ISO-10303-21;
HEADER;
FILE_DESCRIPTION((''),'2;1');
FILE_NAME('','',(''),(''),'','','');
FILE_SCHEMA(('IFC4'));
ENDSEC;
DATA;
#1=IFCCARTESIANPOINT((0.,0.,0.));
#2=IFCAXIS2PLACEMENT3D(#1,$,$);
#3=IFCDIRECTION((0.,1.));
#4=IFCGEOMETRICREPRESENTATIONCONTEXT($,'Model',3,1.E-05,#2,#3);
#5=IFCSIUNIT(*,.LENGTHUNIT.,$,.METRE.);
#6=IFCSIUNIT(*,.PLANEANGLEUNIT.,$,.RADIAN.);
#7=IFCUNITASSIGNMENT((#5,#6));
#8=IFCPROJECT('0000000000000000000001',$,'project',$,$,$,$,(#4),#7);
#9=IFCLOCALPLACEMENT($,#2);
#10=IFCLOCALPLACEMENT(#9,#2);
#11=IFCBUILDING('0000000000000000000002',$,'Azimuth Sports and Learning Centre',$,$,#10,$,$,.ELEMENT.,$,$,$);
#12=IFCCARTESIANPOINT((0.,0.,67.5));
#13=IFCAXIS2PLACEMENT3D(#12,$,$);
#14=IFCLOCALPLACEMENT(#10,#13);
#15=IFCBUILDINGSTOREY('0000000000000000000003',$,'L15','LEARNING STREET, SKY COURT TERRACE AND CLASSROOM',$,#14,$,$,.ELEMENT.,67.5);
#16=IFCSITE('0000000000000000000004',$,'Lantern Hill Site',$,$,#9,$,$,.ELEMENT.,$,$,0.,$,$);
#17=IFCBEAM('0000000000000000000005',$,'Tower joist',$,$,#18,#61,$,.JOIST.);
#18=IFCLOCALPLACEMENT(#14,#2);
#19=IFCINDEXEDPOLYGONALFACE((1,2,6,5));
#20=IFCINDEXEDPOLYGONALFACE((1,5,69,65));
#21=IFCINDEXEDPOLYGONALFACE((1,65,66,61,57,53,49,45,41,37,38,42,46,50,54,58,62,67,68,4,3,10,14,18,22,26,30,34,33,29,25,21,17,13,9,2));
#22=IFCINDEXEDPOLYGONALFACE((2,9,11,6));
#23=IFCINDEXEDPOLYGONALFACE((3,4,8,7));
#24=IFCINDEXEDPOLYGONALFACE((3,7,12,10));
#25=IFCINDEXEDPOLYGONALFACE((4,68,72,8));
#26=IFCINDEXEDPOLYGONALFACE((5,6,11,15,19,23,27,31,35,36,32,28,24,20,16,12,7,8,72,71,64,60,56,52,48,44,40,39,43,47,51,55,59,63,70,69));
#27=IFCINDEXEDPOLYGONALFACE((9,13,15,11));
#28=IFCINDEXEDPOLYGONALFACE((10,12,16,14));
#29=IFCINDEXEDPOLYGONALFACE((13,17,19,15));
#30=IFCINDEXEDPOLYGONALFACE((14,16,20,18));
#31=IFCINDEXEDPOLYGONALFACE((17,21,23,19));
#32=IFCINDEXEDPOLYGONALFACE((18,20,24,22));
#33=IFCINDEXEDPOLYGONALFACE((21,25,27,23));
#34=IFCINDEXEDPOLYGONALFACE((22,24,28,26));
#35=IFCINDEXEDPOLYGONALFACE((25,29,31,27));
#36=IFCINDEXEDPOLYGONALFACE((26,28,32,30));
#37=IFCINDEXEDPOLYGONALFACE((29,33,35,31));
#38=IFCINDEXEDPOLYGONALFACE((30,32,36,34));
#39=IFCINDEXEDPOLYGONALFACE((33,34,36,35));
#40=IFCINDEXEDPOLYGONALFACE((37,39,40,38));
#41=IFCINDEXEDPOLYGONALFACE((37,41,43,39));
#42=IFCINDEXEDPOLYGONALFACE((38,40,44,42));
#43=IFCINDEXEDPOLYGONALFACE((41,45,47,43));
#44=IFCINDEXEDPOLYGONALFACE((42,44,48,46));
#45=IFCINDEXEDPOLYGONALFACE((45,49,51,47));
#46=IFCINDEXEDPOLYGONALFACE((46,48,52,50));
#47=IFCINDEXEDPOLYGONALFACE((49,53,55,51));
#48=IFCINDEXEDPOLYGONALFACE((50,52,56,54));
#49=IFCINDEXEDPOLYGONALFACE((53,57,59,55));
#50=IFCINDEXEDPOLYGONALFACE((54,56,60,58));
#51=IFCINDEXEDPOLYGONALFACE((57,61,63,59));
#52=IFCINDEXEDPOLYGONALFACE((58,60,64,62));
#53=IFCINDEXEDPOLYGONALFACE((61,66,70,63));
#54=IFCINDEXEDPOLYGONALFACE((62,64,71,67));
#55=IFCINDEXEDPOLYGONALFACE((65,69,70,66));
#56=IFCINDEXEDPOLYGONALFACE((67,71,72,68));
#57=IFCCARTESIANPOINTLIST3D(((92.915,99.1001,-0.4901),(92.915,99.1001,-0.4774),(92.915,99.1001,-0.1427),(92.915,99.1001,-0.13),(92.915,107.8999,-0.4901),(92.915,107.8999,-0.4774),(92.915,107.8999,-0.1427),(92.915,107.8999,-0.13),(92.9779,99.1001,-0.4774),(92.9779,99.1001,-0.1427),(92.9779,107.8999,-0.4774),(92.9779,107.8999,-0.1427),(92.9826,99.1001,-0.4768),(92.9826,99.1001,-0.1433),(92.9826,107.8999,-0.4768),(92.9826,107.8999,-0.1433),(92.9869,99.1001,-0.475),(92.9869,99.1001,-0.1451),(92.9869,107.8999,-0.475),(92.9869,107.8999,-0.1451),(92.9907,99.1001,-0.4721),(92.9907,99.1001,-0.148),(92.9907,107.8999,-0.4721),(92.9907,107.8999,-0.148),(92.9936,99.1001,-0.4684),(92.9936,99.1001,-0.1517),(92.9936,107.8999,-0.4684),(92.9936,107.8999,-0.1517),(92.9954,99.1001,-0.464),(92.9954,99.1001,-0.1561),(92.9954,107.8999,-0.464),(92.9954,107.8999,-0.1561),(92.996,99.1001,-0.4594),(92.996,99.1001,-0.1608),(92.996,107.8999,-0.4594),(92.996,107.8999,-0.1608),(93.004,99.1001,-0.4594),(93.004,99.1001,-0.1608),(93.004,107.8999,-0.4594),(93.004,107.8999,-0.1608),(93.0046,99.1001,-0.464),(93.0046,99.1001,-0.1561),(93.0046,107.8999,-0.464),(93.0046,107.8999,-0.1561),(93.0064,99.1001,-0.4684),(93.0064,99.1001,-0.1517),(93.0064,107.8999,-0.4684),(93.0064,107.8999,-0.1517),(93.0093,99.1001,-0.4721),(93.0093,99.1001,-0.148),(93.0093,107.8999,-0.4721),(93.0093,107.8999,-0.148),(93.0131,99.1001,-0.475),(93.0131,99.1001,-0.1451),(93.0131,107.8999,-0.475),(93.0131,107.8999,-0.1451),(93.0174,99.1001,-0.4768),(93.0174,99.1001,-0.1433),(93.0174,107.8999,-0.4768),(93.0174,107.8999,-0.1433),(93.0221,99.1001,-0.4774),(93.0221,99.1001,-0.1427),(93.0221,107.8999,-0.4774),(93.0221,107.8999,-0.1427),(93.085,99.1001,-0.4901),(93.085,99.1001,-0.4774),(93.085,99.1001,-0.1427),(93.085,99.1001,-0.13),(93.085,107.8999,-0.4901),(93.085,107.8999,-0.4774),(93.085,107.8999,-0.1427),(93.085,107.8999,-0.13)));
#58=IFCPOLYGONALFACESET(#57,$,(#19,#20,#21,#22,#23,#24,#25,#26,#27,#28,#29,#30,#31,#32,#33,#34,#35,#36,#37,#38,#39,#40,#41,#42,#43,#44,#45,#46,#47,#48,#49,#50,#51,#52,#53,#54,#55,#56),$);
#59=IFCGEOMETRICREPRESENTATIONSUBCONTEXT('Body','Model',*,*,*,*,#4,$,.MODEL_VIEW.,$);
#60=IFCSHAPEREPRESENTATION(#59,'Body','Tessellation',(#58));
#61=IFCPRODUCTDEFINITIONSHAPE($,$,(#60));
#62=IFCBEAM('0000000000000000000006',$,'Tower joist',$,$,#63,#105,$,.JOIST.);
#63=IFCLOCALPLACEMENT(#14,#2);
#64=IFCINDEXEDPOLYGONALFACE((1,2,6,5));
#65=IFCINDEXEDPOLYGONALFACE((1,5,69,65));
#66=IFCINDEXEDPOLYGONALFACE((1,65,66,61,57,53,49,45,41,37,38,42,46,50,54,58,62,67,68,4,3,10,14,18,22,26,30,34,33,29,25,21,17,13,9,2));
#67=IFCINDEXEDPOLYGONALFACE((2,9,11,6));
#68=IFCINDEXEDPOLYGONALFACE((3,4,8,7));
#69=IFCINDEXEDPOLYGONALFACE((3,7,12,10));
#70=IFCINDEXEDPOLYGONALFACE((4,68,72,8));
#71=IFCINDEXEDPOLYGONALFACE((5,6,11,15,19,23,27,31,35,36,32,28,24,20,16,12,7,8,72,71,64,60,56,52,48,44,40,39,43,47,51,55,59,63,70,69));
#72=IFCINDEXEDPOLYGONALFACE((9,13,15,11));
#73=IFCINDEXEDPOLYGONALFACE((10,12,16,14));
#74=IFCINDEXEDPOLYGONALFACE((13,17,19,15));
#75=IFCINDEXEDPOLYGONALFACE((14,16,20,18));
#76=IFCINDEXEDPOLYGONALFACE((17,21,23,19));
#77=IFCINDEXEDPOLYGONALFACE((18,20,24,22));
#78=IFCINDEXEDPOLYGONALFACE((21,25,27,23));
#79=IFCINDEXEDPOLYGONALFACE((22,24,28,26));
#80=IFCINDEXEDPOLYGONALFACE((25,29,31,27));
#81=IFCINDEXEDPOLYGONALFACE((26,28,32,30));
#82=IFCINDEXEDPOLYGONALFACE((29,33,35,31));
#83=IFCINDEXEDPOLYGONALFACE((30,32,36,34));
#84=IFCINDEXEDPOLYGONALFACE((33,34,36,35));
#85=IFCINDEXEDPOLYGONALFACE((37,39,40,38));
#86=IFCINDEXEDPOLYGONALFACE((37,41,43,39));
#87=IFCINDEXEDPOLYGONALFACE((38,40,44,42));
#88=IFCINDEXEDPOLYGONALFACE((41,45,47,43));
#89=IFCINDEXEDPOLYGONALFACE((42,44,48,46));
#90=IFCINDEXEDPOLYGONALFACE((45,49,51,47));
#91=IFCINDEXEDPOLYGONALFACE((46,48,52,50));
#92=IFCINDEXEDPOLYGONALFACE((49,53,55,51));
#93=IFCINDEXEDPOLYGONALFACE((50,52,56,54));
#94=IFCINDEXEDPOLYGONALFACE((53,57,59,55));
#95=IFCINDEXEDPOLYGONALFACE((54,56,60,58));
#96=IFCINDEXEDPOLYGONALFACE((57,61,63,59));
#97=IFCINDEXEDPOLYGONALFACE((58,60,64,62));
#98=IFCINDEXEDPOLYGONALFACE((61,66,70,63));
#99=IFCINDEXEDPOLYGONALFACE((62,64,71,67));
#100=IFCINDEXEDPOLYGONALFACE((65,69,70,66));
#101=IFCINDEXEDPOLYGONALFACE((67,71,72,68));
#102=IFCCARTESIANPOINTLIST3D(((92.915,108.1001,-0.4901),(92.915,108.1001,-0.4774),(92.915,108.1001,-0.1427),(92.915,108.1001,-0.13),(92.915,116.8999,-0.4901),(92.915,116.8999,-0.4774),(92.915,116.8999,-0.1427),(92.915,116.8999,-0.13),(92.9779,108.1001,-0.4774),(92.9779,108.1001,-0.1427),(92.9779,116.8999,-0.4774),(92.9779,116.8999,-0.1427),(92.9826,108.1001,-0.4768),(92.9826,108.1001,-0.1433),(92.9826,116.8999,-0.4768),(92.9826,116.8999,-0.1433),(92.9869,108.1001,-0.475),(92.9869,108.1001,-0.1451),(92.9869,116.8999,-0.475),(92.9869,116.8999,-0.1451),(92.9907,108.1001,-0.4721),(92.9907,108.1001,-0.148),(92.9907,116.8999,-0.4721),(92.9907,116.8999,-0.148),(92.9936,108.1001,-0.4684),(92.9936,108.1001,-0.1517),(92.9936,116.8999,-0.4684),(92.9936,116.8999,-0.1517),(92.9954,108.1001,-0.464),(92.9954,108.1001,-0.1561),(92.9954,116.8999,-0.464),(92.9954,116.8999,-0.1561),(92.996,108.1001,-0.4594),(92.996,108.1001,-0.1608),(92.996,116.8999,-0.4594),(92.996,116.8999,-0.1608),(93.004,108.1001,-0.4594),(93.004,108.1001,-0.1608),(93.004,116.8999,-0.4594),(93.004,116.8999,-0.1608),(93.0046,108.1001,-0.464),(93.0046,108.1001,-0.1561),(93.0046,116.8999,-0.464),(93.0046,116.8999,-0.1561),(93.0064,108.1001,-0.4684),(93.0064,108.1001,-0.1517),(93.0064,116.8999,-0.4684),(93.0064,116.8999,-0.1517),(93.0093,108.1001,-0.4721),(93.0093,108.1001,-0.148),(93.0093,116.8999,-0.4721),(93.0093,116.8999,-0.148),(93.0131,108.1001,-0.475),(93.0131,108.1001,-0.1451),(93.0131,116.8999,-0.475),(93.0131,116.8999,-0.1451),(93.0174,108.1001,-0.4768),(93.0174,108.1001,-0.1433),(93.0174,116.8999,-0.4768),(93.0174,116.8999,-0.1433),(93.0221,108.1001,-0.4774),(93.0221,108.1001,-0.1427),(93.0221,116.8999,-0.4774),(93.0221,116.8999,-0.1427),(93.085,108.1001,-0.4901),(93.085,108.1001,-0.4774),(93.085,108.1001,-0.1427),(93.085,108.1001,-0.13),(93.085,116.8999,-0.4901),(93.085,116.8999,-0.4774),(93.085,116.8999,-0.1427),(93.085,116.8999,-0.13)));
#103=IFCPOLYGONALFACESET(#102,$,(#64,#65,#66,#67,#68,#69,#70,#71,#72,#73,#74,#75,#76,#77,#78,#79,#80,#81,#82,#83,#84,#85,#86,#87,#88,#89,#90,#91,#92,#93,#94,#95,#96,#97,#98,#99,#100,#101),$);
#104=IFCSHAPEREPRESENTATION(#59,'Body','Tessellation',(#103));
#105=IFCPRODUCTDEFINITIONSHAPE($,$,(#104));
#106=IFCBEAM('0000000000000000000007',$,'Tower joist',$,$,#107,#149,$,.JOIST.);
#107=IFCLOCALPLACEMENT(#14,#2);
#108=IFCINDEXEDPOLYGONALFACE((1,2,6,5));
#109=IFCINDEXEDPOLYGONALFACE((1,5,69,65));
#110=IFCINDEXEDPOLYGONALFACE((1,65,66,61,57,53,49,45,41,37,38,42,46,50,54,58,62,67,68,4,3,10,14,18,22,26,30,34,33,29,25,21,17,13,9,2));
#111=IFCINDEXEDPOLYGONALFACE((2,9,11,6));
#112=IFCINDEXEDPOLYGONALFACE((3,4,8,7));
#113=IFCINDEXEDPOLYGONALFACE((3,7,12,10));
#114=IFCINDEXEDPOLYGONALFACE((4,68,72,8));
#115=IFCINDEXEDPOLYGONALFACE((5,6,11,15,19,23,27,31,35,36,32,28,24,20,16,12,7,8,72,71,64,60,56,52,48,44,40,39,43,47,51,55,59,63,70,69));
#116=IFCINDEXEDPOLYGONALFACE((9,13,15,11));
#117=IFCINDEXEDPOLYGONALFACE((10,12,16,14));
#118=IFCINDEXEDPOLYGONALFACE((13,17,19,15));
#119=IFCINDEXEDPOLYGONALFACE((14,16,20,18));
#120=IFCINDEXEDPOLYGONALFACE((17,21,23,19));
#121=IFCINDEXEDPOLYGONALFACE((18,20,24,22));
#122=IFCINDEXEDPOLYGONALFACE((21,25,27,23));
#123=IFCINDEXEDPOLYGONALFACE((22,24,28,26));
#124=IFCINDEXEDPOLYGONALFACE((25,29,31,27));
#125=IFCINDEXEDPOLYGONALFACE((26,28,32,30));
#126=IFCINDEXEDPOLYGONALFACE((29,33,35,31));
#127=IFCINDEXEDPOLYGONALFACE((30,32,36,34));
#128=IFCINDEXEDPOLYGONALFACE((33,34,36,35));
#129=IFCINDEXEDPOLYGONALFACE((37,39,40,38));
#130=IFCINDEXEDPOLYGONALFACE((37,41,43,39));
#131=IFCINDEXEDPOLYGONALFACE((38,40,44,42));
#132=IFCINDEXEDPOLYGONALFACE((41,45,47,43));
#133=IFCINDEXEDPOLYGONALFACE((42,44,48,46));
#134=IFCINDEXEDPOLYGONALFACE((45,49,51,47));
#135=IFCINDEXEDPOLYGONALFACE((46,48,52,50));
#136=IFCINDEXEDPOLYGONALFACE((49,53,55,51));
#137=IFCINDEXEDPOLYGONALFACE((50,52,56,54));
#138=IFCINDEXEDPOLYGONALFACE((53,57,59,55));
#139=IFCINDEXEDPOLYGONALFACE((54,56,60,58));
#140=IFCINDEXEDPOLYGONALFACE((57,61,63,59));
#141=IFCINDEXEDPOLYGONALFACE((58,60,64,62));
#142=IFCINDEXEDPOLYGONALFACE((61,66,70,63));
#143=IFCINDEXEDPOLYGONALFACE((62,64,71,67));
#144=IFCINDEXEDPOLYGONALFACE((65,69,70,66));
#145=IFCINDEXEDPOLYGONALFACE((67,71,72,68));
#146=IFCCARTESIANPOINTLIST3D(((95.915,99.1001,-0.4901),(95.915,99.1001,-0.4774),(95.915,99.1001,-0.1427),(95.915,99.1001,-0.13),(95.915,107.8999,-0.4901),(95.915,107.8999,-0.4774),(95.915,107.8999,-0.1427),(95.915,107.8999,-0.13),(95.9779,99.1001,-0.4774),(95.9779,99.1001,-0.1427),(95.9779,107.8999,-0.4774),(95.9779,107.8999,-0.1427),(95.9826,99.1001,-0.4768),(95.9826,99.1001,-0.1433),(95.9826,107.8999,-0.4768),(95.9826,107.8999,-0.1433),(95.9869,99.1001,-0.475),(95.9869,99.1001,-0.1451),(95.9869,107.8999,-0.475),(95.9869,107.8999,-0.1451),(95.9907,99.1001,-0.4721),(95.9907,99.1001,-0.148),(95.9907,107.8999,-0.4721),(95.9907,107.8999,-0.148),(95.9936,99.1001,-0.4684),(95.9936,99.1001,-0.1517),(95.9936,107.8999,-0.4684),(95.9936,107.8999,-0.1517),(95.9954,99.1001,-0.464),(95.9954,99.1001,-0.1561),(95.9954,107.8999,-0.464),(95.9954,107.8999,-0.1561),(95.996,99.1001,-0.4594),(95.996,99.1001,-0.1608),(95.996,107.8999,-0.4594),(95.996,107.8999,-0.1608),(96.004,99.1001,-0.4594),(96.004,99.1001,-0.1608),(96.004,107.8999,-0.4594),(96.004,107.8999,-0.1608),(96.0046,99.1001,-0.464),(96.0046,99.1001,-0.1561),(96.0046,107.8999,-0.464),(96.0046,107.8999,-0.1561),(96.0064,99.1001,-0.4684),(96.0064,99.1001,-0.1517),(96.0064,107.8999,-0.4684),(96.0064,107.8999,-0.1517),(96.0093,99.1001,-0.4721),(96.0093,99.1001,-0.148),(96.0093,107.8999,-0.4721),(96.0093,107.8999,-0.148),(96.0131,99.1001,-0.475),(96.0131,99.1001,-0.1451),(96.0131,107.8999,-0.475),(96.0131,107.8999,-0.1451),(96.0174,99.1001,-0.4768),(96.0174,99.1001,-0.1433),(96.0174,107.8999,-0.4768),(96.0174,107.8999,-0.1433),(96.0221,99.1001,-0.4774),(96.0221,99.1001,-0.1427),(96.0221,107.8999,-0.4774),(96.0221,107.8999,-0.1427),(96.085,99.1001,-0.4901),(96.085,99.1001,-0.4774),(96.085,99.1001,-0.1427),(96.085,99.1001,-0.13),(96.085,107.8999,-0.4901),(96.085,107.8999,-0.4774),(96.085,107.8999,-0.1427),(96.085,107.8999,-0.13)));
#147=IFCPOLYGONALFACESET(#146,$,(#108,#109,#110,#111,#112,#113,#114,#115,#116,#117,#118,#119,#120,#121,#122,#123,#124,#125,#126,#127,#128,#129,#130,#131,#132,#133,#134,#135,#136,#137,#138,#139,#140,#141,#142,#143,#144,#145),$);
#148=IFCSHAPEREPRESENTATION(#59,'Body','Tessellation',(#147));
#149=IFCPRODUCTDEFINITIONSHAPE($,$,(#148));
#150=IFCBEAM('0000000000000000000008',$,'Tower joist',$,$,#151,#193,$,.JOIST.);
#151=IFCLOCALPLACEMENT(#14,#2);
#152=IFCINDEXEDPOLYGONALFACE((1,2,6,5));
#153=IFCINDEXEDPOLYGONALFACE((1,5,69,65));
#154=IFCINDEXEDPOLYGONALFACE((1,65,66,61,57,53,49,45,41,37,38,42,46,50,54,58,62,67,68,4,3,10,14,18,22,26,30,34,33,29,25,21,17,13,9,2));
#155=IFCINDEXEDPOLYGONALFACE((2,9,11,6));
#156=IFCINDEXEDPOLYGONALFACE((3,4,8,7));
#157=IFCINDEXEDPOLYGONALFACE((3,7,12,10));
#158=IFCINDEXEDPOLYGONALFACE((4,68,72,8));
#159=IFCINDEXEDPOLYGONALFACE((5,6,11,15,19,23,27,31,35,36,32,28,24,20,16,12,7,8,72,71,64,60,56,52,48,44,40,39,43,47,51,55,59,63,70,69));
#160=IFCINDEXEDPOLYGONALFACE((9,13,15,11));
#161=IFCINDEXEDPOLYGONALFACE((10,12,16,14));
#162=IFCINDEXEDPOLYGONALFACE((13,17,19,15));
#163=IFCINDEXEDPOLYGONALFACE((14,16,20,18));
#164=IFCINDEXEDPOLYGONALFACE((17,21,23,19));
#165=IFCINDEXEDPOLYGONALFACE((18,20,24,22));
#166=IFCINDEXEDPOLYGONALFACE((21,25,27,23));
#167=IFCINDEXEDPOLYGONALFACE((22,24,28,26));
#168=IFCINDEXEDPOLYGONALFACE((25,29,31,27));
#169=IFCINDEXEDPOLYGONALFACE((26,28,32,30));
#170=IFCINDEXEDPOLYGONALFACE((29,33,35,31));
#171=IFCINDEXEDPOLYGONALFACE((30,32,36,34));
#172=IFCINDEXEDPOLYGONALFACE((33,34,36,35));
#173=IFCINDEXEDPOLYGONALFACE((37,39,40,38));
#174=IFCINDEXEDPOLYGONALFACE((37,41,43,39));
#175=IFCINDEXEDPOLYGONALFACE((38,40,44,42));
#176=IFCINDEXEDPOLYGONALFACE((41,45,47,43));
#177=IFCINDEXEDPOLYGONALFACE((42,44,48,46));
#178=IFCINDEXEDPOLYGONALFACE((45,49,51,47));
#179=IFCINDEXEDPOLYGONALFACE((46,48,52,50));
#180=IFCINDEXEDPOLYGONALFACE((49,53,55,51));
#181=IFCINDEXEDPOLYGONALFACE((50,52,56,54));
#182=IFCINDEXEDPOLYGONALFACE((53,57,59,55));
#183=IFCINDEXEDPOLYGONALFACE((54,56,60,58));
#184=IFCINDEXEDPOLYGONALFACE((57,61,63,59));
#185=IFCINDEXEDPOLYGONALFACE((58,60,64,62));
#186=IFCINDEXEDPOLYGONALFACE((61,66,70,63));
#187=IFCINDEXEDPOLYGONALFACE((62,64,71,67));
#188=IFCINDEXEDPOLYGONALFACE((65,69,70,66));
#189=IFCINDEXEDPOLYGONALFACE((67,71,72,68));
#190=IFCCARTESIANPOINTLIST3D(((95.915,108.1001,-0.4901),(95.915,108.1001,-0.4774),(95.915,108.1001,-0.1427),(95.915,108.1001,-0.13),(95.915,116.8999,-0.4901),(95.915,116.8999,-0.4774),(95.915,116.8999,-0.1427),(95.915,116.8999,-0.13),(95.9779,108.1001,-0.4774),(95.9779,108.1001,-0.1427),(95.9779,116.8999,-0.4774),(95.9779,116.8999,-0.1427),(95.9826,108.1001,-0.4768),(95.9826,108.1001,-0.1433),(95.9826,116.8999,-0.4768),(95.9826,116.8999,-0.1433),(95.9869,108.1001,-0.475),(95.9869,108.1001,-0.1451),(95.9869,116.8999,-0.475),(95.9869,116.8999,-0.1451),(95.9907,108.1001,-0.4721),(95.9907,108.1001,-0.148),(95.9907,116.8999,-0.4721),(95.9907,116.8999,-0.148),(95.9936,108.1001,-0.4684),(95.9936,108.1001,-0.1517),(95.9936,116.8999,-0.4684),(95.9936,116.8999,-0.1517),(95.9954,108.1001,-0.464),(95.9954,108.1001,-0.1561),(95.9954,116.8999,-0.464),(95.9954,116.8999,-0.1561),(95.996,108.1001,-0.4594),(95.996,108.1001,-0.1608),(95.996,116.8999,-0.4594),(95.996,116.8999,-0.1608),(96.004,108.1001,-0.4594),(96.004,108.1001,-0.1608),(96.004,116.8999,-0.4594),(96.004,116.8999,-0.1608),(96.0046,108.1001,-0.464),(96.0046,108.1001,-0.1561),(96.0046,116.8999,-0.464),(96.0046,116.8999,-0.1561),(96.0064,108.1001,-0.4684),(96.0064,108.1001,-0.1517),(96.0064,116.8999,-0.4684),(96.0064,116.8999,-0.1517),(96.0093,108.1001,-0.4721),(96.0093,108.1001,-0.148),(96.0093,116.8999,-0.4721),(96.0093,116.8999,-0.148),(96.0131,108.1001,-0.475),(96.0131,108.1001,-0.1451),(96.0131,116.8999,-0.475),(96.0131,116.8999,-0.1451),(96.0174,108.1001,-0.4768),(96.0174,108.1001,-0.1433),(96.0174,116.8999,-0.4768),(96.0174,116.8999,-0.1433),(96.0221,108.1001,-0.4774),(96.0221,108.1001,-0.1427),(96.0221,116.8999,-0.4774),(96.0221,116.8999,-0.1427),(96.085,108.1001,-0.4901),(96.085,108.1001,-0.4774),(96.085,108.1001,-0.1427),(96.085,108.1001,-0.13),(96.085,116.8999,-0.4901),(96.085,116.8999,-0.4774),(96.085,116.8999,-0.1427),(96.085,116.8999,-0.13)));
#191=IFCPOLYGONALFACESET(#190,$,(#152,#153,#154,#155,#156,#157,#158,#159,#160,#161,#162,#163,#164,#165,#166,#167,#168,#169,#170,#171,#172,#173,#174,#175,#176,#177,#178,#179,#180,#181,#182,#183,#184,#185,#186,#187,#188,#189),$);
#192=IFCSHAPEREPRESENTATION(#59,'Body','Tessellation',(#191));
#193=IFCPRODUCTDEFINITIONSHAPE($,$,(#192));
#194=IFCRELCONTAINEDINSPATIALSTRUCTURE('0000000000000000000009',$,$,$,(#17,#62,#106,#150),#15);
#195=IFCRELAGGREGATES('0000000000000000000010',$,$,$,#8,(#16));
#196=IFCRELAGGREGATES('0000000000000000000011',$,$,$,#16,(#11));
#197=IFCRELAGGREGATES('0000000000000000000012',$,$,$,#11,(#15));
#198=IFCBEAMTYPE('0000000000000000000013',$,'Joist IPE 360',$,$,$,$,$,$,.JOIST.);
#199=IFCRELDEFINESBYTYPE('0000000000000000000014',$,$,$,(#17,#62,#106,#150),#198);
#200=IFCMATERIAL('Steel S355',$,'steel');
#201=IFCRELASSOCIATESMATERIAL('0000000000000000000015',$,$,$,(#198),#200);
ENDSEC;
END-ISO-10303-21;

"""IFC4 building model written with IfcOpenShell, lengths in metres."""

from ifc_helpers import new_model, si_unit, direction, frame, origin, origin_2d, place, context, subcontext, project, spatial, i_section, extrude, material, material_profile, profile_set, type_object, element, save


model = new_model("IFC4")

# Units and contexts
model_context = context("Model", 3, precision=1e-05, world=origin(), true_north=direction((0.0, 1.0)))
body_context = subcontext(model_context, "Body", "Model", "MODEL_VIEW")
ifc_project = project(units=[si_unit("LENGTHUNIT", "METRE"), si_unit("PLANEANGLEUNIT", "RADIAN")], contexts=[model_context])

# Site, building, storey
site_placement = place(None, origin())
site = spatial("IfcSite", under=ifc_project, at=site_placement, Name="Lantern Hill Site", CompositionType="ELEMENT", RefElevation=0.0)
building_placement = place(site_placement, origin())
building = spatial("IfcBuilding", under=site, at=building_placement, Name="Azimuth Sports and Learning Centre", CompositionType="ELEMENT")
storey_placement = place(building_placement, frame((0.0, 0.0, 67.5)))
storey = spatial("IfcBuildingStorey", under=building, at=storey_placement, Name="L15", Description="LEARNING STREET, SKY COURT TERRACE AND CLASSROOM", CompositionType="ELEMENT", Elevation=67.5)

# Beams
ifc_material_1 = material(Name="Steel S355", Category="steel")
ifc_material_profile_1 = material_profile(ifc_material_1, i_section(OverallWidth=0.1699, OverallDepth=0.3601, WebThickness=0.0081, FlangeThickness=0.0127, FilletRadius=0.0181, at=origin_2d()), Name="IPE 360")
ifc_profile_set_1 = profile_set([ifc_material_profile_1], Name="Steel S355")
beam_type_1 = type_object("IfcBeamType", Name="Joist IPE 360", PredefinedType="JOIST", material=ifc_profile_set_1)
for number, where, z_axis, x_axis, name in (
    (1, (93.0, 99.1001, -0.3101), (0.0, 1.0, 0.0), (-1.0, 0.0, 0.0), "Tower joist"),
    (2, (93.0, 108.1001, -0.3101), (0.0, 1.0, 0.0), (-1.0, 0.0, 0.0), "Tower joist"),
    (3, (96.0, 99.1001, -0.3101), (0.0, 1.0, 0.0), (-1.0, 0.0, 0.0), "Tower joist"),
    (4, (96.0, 108.1001, -0.3101), (0.0, 1.0, 0.0), (-1.0, 0.0, 0.0), "Tower joist"),
):
    element("IfcBeam", number, at=place(storey_placement, frame(where, z_axis=z_axis, x_axis=x_axis)), inside=storey, type_object=beam_type_1, Name=name, PredefinedType="JOIST", context=body_context, shape_type="SweptSolid", body=[
        extrude(i_section(OverallWidth=0.1699, OverallDepth=0.3601, WebThickness=0.0081, FlangeThickness=0.0127, FilletRadius=0.0181, at=origin_2d()), origin(), (0.0, 0.0, 1.0), 8.7998),
    ])

save(model, "model.ifc")
